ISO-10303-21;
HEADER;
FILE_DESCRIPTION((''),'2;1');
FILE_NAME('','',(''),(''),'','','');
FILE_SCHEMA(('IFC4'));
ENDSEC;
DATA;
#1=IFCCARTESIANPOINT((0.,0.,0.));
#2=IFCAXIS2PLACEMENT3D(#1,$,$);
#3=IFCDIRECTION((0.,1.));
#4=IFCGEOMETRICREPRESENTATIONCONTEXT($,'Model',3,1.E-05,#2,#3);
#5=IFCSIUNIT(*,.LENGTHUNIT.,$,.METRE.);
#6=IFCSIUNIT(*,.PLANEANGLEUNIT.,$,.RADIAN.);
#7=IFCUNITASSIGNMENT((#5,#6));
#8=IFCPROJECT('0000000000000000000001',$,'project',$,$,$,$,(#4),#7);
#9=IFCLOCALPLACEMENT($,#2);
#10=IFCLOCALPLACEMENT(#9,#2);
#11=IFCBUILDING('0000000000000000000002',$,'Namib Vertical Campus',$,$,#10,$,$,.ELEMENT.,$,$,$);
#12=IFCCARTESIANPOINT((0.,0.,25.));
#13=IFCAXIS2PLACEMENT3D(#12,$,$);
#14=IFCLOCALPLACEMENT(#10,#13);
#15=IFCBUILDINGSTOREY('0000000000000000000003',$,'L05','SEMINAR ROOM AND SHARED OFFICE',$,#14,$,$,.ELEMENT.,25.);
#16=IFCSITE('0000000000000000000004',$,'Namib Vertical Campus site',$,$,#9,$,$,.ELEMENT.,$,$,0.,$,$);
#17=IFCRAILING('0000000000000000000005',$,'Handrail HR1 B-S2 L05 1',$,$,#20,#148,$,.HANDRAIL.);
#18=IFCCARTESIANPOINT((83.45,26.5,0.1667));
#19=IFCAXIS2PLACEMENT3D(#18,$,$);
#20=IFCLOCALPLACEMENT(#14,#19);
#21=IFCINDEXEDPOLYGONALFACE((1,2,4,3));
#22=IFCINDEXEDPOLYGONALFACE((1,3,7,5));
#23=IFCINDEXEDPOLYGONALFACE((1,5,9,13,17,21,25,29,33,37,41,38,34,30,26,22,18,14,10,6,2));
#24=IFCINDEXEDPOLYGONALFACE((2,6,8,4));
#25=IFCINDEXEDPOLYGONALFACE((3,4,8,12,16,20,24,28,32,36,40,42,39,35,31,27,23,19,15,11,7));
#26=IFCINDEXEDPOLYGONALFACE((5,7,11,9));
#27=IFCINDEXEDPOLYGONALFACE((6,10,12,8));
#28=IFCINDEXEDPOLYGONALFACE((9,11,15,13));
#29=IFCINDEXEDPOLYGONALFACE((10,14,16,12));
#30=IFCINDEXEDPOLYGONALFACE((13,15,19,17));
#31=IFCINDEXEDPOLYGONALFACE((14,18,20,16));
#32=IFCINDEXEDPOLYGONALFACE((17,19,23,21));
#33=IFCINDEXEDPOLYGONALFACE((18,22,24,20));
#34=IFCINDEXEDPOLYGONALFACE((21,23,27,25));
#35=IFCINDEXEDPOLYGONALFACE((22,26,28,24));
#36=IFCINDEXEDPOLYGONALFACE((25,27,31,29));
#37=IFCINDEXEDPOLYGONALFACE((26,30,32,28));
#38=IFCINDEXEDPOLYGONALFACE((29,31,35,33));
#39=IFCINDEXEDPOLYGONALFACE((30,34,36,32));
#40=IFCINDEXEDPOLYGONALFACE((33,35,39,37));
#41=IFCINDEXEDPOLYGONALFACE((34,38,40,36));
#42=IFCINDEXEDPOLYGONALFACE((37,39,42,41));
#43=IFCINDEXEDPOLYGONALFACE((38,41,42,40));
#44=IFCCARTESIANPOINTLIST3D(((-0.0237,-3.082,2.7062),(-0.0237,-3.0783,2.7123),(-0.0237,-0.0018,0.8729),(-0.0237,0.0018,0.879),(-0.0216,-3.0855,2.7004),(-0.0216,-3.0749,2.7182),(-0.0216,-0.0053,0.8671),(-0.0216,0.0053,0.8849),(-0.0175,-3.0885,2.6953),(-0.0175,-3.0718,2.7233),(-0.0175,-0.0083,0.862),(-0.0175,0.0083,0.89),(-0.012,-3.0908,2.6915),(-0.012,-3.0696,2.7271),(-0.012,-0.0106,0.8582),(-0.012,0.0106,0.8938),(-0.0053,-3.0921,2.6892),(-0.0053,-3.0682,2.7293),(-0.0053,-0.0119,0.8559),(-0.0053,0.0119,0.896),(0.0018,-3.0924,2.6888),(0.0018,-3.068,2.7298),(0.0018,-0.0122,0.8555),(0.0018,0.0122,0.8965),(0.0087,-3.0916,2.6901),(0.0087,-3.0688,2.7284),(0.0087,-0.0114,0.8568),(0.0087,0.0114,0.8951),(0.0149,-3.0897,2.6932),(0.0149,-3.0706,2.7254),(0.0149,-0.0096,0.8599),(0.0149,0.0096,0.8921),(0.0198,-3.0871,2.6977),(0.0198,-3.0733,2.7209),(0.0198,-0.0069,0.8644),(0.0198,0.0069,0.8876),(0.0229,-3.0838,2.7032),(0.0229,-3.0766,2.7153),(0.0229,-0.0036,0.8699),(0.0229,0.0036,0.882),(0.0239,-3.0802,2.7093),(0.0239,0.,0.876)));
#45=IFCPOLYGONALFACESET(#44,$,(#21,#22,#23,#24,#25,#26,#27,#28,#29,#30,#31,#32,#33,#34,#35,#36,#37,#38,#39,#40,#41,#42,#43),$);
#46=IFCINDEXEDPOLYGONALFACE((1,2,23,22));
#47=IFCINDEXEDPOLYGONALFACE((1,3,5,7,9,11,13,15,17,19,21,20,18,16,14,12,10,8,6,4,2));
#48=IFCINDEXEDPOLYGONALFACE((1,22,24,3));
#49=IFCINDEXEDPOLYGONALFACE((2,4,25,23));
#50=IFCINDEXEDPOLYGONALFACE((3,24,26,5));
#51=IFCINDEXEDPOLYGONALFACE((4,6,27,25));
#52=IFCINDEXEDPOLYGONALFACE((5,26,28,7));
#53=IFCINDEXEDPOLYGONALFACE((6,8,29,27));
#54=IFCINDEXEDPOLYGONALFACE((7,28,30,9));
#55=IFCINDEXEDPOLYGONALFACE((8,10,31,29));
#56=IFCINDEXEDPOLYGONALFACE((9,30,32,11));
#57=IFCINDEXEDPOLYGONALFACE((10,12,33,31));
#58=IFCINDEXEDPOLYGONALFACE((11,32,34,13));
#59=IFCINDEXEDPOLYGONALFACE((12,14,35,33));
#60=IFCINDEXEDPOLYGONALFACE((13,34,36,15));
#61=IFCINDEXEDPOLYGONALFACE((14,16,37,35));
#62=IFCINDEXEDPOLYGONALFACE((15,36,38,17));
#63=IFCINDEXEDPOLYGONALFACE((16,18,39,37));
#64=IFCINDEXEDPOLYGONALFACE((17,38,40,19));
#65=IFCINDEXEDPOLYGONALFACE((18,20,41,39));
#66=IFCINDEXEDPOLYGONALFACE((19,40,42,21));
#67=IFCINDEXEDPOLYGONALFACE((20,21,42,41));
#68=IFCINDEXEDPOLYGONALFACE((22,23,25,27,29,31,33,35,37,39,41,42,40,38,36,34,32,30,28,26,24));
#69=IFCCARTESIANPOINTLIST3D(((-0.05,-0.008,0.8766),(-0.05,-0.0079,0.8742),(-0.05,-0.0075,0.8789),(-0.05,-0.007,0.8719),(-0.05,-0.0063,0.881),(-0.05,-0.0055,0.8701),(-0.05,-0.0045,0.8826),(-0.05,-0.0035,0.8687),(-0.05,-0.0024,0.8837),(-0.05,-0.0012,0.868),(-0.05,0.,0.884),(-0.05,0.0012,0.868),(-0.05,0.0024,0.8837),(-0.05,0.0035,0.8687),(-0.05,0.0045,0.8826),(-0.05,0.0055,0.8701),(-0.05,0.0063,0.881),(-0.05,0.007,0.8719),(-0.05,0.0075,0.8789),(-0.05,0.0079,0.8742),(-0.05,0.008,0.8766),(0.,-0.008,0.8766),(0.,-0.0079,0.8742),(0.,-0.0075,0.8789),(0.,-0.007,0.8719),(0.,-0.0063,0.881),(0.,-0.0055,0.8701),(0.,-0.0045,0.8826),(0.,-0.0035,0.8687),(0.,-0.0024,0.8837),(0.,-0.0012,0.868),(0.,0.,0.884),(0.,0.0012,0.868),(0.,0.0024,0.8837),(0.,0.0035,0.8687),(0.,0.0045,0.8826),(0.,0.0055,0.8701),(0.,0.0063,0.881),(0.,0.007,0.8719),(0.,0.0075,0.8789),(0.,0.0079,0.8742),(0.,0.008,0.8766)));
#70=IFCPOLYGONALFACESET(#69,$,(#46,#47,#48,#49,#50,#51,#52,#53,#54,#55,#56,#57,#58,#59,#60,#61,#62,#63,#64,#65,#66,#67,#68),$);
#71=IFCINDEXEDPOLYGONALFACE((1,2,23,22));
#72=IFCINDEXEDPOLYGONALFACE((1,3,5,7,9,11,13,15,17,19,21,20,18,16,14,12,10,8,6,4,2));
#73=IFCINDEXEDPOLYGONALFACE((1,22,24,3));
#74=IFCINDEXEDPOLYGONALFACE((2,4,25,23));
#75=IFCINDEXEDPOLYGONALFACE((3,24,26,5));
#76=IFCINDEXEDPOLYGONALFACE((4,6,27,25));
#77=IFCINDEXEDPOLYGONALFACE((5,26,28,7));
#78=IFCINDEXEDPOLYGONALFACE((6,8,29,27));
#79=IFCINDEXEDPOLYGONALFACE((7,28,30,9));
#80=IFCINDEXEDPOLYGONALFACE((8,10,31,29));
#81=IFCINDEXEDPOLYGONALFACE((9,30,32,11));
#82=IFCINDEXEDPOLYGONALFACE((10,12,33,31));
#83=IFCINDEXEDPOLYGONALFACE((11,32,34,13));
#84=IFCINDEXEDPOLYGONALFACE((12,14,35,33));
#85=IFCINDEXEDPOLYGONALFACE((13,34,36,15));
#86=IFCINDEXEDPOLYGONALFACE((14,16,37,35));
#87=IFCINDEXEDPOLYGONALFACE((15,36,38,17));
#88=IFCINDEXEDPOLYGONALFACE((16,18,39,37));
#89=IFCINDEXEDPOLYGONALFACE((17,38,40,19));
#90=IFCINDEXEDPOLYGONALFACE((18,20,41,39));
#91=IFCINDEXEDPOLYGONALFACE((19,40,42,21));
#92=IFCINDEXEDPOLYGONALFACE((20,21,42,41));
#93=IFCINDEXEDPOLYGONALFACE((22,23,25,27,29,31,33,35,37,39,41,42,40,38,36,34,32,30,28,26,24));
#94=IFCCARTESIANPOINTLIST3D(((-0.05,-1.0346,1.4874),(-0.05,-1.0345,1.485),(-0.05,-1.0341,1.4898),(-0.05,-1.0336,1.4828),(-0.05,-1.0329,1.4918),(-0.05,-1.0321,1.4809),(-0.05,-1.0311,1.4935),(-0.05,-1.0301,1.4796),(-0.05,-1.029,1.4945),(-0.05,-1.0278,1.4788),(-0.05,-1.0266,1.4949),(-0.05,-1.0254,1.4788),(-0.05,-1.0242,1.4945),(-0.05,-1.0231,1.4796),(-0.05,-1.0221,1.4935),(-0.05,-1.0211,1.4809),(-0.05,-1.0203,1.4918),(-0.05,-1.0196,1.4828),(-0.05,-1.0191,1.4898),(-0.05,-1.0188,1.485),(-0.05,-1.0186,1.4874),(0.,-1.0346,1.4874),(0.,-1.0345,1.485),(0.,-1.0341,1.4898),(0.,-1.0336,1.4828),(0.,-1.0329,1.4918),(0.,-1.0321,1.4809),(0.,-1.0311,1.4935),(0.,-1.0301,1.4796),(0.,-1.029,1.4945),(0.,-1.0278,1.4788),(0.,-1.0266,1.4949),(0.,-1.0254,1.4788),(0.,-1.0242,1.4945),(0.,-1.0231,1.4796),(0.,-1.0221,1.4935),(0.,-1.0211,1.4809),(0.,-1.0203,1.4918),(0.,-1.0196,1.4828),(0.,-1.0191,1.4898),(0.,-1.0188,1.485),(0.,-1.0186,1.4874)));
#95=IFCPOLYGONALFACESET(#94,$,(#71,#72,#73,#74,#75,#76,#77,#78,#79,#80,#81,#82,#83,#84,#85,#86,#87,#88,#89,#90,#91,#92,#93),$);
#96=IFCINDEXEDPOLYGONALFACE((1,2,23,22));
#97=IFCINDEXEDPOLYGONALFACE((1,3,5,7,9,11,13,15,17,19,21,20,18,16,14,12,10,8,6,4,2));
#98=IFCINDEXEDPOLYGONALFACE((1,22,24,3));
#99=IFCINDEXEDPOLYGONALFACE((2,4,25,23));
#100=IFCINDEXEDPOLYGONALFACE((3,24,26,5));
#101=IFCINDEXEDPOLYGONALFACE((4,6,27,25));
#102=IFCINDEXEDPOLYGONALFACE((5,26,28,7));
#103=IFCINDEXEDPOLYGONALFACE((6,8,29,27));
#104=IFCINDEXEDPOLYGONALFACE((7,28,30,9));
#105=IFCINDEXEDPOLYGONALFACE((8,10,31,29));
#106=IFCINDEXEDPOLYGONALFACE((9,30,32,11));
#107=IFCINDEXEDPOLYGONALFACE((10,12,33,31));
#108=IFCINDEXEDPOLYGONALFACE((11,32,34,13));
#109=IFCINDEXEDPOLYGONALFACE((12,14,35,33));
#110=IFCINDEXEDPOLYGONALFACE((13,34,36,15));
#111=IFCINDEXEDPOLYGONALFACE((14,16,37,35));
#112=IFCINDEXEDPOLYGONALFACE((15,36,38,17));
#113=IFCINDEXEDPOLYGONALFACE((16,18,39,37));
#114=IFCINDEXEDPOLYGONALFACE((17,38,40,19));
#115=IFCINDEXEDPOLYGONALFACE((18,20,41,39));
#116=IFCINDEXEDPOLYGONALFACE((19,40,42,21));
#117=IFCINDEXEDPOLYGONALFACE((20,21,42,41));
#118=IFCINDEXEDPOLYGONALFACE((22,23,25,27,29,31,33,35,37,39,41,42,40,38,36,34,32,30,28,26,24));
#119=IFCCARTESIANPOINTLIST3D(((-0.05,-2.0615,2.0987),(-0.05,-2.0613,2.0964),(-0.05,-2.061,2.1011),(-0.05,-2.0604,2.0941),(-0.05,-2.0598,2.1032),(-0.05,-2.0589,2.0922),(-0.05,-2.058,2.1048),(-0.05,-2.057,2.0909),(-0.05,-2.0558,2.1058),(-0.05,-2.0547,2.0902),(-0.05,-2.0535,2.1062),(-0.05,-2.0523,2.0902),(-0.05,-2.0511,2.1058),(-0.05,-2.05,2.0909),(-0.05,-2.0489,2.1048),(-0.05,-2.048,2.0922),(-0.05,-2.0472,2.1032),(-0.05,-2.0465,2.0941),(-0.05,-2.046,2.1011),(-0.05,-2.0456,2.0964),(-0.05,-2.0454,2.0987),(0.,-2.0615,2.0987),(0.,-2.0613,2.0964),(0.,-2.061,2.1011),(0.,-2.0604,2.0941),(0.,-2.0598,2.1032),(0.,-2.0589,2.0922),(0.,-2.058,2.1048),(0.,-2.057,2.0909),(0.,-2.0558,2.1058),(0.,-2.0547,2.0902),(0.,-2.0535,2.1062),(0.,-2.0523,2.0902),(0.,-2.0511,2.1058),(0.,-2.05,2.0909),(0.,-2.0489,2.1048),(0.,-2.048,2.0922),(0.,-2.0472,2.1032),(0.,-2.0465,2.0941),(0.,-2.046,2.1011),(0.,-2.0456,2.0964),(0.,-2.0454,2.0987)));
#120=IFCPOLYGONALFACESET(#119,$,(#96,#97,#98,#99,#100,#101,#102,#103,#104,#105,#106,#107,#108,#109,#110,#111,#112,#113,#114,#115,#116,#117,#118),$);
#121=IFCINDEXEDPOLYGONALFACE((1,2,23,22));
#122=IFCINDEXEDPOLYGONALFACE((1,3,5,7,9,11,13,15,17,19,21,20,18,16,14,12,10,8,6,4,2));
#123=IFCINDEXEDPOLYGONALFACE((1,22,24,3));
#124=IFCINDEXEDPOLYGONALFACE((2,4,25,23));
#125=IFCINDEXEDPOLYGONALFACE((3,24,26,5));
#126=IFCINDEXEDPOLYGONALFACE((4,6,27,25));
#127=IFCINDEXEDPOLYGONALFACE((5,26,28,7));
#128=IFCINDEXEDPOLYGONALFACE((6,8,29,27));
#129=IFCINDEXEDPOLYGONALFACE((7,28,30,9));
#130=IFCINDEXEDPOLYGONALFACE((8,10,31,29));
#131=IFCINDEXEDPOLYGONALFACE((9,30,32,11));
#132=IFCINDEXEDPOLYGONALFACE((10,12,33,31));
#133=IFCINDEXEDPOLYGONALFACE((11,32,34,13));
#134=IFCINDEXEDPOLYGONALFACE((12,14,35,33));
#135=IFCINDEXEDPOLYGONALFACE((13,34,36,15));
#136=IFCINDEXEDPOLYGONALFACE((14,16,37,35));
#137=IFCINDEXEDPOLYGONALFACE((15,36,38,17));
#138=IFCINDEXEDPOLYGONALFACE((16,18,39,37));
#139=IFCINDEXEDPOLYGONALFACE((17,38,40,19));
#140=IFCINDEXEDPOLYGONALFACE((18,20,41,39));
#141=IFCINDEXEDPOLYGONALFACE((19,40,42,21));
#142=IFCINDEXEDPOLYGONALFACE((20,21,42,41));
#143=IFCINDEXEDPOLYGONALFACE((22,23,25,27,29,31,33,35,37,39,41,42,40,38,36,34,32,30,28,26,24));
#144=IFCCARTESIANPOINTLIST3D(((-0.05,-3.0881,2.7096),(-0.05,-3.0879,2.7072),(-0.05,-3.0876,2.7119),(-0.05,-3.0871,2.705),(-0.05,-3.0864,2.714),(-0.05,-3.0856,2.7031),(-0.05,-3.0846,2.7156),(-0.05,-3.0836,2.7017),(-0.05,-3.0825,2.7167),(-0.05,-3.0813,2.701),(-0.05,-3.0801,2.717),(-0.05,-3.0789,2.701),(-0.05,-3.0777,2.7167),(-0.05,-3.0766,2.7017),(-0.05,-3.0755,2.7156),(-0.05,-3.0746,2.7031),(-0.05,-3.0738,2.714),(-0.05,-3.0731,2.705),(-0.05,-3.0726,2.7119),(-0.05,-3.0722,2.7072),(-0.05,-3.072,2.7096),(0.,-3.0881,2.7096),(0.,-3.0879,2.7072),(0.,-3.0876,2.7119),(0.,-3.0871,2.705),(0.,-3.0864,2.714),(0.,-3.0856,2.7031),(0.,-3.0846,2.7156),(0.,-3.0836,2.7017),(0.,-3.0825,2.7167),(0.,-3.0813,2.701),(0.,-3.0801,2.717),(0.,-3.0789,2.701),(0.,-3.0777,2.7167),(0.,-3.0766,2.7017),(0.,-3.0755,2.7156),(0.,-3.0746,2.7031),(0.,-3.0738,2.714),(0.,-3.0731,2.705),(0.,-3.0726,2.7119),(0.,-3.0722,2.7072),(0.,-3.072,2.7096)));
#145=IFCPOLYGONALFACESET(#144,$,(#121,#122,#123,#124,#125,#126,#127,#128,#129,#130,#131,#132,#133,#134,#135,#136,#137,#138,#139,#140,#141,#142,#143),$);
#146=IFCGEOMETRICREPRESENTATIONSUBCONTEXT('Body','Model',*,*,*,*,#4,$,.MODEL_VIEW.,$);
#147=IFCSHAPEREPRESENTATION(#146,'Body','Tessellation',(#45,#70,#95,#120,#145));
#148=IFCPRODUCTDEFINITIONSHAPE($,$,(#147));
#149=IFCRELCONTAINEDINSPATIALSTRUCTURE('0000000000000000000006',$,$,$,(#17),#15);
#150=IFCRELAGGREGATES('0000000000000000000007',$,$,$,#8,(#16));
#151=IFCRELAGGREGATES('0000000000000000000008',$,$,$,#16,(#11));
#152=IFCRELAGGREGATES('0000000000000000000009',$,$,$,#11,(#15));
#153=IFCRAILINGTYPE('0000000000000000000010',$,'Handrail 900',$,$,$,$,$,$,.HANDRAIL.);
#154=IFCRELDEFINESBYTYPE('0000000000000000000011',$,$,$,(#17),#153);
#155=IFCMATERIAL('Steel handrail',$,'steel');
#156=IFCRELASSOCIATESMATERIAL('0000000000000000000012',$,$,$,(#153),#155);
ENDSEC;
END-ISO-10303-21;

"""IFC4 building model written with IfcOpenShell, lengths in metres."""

from ifc_helpers import new_model, si_unit, direction, frame, origin, origin_2d, place, context, subcontext, project, spatial, circle, extrude, material, type_object, element, save


model = new_model("IFC4")

# Units and contexts
model_context = context("Model", 3, precision=1e-05, world=origin(), true_north=direction((0.0, 1.0)))
body_context = subcontext(model_context, "Body", "Model", "MODEL_VIEW")
ifc_project = project(units=[si_unit("LENGTHUNIT", "METRE"), si_unit("PLANEANGLEUNIT", "RADIAN")], contexts=[model_context])

# Site, building, storey
site_placement = place(None, origin())
site = spatial("IfcSite", under=ifc_project, at=site_placement, Name="Namib Vertical Campus site", CompositionType="ELEMENT", RefElevation=0.0)
building_placement = place(site_placement, origin())
building = spatial("IfcBuilding", under=site, at=building_placement, Name="Namib Vertical Campus", CompositionType="ELEMENT")
storey_placement = place(building_placement, frame((0.0, 0.0, 25.0)))
storey = spatial("IfcBuildingStorey", under=building, at=storey_placement, Name="L05", Description="SEMINAR ROOM AND SHARED OFFICE", CompositionType="ELEMENT", Elevation=25.0)

# Railing
ifc_material_1 = material(Name="Steel handrail", Category="steel")
railing_type_1 = type_object("IfcRailingType", Name="Handrail 900", PredefinedType="HANDRAIL", material=ifc_material_1)
railing_1_placement = place(storey_placement, frame((83.45, 26.5, 0.1667)))
element("IfcRailing", 1, at=railing_1_placement, inside=storey, type_object=railing_type_1, Name="Handrail HR1 B-S2 L05 1", PredefinedType="HANDRAIL", context=body_context, shape_type="SweptSolid", body=[
    extrude(circle(Radius=0.0239, at=origin_2d()), frame((0.0, 0.0, 0.876), z_axis=(0.0, -0.859309, 0.511458), x_axis=(1.0, 0.0, 0.0)), (0.0, 0.0, 1.0), 3.5845),
    extrude(circle(Radius=0.0081, at=origin_2d()), frame((0.0, 0.0, 0.876), z_axis=(-1.0, 0.0, 0.0), x_axis=(0.0, 0.0, 1.0)), (0.0, 0.0, 1.0), 0.05),
    extrude(circle(Radius=0.0081, at=origin_2d()), frame((0.0, -1.0266, 1.4868), z_axis=(-1.0, 0.0, 0.0), x_axis=(0.0, 0.0, 1.0)), (0.0, 0.0, 1.0), 0.05),
    extrude(circle(Radius=0.0081, at=origin_2d()), frame((0.0, -2.0535, 2.0981), z_axis=(-1.0, 0.0, 0.0), x_axis=(0.0, 0.0, 1.0)), (0.0, 0.0, 1.0), 0.05),
    extrude(circle(Radius=0.0081, at=origin_2d()), frame((0.0, -3.0801, 2.709), z_axis=(-1.0, 0.0, 0.0), x_axis=(0.0, 0.0, 1.0)), (0.0, 0.0, 1.0), 0.05),
])

save(model, "model.ifc")
